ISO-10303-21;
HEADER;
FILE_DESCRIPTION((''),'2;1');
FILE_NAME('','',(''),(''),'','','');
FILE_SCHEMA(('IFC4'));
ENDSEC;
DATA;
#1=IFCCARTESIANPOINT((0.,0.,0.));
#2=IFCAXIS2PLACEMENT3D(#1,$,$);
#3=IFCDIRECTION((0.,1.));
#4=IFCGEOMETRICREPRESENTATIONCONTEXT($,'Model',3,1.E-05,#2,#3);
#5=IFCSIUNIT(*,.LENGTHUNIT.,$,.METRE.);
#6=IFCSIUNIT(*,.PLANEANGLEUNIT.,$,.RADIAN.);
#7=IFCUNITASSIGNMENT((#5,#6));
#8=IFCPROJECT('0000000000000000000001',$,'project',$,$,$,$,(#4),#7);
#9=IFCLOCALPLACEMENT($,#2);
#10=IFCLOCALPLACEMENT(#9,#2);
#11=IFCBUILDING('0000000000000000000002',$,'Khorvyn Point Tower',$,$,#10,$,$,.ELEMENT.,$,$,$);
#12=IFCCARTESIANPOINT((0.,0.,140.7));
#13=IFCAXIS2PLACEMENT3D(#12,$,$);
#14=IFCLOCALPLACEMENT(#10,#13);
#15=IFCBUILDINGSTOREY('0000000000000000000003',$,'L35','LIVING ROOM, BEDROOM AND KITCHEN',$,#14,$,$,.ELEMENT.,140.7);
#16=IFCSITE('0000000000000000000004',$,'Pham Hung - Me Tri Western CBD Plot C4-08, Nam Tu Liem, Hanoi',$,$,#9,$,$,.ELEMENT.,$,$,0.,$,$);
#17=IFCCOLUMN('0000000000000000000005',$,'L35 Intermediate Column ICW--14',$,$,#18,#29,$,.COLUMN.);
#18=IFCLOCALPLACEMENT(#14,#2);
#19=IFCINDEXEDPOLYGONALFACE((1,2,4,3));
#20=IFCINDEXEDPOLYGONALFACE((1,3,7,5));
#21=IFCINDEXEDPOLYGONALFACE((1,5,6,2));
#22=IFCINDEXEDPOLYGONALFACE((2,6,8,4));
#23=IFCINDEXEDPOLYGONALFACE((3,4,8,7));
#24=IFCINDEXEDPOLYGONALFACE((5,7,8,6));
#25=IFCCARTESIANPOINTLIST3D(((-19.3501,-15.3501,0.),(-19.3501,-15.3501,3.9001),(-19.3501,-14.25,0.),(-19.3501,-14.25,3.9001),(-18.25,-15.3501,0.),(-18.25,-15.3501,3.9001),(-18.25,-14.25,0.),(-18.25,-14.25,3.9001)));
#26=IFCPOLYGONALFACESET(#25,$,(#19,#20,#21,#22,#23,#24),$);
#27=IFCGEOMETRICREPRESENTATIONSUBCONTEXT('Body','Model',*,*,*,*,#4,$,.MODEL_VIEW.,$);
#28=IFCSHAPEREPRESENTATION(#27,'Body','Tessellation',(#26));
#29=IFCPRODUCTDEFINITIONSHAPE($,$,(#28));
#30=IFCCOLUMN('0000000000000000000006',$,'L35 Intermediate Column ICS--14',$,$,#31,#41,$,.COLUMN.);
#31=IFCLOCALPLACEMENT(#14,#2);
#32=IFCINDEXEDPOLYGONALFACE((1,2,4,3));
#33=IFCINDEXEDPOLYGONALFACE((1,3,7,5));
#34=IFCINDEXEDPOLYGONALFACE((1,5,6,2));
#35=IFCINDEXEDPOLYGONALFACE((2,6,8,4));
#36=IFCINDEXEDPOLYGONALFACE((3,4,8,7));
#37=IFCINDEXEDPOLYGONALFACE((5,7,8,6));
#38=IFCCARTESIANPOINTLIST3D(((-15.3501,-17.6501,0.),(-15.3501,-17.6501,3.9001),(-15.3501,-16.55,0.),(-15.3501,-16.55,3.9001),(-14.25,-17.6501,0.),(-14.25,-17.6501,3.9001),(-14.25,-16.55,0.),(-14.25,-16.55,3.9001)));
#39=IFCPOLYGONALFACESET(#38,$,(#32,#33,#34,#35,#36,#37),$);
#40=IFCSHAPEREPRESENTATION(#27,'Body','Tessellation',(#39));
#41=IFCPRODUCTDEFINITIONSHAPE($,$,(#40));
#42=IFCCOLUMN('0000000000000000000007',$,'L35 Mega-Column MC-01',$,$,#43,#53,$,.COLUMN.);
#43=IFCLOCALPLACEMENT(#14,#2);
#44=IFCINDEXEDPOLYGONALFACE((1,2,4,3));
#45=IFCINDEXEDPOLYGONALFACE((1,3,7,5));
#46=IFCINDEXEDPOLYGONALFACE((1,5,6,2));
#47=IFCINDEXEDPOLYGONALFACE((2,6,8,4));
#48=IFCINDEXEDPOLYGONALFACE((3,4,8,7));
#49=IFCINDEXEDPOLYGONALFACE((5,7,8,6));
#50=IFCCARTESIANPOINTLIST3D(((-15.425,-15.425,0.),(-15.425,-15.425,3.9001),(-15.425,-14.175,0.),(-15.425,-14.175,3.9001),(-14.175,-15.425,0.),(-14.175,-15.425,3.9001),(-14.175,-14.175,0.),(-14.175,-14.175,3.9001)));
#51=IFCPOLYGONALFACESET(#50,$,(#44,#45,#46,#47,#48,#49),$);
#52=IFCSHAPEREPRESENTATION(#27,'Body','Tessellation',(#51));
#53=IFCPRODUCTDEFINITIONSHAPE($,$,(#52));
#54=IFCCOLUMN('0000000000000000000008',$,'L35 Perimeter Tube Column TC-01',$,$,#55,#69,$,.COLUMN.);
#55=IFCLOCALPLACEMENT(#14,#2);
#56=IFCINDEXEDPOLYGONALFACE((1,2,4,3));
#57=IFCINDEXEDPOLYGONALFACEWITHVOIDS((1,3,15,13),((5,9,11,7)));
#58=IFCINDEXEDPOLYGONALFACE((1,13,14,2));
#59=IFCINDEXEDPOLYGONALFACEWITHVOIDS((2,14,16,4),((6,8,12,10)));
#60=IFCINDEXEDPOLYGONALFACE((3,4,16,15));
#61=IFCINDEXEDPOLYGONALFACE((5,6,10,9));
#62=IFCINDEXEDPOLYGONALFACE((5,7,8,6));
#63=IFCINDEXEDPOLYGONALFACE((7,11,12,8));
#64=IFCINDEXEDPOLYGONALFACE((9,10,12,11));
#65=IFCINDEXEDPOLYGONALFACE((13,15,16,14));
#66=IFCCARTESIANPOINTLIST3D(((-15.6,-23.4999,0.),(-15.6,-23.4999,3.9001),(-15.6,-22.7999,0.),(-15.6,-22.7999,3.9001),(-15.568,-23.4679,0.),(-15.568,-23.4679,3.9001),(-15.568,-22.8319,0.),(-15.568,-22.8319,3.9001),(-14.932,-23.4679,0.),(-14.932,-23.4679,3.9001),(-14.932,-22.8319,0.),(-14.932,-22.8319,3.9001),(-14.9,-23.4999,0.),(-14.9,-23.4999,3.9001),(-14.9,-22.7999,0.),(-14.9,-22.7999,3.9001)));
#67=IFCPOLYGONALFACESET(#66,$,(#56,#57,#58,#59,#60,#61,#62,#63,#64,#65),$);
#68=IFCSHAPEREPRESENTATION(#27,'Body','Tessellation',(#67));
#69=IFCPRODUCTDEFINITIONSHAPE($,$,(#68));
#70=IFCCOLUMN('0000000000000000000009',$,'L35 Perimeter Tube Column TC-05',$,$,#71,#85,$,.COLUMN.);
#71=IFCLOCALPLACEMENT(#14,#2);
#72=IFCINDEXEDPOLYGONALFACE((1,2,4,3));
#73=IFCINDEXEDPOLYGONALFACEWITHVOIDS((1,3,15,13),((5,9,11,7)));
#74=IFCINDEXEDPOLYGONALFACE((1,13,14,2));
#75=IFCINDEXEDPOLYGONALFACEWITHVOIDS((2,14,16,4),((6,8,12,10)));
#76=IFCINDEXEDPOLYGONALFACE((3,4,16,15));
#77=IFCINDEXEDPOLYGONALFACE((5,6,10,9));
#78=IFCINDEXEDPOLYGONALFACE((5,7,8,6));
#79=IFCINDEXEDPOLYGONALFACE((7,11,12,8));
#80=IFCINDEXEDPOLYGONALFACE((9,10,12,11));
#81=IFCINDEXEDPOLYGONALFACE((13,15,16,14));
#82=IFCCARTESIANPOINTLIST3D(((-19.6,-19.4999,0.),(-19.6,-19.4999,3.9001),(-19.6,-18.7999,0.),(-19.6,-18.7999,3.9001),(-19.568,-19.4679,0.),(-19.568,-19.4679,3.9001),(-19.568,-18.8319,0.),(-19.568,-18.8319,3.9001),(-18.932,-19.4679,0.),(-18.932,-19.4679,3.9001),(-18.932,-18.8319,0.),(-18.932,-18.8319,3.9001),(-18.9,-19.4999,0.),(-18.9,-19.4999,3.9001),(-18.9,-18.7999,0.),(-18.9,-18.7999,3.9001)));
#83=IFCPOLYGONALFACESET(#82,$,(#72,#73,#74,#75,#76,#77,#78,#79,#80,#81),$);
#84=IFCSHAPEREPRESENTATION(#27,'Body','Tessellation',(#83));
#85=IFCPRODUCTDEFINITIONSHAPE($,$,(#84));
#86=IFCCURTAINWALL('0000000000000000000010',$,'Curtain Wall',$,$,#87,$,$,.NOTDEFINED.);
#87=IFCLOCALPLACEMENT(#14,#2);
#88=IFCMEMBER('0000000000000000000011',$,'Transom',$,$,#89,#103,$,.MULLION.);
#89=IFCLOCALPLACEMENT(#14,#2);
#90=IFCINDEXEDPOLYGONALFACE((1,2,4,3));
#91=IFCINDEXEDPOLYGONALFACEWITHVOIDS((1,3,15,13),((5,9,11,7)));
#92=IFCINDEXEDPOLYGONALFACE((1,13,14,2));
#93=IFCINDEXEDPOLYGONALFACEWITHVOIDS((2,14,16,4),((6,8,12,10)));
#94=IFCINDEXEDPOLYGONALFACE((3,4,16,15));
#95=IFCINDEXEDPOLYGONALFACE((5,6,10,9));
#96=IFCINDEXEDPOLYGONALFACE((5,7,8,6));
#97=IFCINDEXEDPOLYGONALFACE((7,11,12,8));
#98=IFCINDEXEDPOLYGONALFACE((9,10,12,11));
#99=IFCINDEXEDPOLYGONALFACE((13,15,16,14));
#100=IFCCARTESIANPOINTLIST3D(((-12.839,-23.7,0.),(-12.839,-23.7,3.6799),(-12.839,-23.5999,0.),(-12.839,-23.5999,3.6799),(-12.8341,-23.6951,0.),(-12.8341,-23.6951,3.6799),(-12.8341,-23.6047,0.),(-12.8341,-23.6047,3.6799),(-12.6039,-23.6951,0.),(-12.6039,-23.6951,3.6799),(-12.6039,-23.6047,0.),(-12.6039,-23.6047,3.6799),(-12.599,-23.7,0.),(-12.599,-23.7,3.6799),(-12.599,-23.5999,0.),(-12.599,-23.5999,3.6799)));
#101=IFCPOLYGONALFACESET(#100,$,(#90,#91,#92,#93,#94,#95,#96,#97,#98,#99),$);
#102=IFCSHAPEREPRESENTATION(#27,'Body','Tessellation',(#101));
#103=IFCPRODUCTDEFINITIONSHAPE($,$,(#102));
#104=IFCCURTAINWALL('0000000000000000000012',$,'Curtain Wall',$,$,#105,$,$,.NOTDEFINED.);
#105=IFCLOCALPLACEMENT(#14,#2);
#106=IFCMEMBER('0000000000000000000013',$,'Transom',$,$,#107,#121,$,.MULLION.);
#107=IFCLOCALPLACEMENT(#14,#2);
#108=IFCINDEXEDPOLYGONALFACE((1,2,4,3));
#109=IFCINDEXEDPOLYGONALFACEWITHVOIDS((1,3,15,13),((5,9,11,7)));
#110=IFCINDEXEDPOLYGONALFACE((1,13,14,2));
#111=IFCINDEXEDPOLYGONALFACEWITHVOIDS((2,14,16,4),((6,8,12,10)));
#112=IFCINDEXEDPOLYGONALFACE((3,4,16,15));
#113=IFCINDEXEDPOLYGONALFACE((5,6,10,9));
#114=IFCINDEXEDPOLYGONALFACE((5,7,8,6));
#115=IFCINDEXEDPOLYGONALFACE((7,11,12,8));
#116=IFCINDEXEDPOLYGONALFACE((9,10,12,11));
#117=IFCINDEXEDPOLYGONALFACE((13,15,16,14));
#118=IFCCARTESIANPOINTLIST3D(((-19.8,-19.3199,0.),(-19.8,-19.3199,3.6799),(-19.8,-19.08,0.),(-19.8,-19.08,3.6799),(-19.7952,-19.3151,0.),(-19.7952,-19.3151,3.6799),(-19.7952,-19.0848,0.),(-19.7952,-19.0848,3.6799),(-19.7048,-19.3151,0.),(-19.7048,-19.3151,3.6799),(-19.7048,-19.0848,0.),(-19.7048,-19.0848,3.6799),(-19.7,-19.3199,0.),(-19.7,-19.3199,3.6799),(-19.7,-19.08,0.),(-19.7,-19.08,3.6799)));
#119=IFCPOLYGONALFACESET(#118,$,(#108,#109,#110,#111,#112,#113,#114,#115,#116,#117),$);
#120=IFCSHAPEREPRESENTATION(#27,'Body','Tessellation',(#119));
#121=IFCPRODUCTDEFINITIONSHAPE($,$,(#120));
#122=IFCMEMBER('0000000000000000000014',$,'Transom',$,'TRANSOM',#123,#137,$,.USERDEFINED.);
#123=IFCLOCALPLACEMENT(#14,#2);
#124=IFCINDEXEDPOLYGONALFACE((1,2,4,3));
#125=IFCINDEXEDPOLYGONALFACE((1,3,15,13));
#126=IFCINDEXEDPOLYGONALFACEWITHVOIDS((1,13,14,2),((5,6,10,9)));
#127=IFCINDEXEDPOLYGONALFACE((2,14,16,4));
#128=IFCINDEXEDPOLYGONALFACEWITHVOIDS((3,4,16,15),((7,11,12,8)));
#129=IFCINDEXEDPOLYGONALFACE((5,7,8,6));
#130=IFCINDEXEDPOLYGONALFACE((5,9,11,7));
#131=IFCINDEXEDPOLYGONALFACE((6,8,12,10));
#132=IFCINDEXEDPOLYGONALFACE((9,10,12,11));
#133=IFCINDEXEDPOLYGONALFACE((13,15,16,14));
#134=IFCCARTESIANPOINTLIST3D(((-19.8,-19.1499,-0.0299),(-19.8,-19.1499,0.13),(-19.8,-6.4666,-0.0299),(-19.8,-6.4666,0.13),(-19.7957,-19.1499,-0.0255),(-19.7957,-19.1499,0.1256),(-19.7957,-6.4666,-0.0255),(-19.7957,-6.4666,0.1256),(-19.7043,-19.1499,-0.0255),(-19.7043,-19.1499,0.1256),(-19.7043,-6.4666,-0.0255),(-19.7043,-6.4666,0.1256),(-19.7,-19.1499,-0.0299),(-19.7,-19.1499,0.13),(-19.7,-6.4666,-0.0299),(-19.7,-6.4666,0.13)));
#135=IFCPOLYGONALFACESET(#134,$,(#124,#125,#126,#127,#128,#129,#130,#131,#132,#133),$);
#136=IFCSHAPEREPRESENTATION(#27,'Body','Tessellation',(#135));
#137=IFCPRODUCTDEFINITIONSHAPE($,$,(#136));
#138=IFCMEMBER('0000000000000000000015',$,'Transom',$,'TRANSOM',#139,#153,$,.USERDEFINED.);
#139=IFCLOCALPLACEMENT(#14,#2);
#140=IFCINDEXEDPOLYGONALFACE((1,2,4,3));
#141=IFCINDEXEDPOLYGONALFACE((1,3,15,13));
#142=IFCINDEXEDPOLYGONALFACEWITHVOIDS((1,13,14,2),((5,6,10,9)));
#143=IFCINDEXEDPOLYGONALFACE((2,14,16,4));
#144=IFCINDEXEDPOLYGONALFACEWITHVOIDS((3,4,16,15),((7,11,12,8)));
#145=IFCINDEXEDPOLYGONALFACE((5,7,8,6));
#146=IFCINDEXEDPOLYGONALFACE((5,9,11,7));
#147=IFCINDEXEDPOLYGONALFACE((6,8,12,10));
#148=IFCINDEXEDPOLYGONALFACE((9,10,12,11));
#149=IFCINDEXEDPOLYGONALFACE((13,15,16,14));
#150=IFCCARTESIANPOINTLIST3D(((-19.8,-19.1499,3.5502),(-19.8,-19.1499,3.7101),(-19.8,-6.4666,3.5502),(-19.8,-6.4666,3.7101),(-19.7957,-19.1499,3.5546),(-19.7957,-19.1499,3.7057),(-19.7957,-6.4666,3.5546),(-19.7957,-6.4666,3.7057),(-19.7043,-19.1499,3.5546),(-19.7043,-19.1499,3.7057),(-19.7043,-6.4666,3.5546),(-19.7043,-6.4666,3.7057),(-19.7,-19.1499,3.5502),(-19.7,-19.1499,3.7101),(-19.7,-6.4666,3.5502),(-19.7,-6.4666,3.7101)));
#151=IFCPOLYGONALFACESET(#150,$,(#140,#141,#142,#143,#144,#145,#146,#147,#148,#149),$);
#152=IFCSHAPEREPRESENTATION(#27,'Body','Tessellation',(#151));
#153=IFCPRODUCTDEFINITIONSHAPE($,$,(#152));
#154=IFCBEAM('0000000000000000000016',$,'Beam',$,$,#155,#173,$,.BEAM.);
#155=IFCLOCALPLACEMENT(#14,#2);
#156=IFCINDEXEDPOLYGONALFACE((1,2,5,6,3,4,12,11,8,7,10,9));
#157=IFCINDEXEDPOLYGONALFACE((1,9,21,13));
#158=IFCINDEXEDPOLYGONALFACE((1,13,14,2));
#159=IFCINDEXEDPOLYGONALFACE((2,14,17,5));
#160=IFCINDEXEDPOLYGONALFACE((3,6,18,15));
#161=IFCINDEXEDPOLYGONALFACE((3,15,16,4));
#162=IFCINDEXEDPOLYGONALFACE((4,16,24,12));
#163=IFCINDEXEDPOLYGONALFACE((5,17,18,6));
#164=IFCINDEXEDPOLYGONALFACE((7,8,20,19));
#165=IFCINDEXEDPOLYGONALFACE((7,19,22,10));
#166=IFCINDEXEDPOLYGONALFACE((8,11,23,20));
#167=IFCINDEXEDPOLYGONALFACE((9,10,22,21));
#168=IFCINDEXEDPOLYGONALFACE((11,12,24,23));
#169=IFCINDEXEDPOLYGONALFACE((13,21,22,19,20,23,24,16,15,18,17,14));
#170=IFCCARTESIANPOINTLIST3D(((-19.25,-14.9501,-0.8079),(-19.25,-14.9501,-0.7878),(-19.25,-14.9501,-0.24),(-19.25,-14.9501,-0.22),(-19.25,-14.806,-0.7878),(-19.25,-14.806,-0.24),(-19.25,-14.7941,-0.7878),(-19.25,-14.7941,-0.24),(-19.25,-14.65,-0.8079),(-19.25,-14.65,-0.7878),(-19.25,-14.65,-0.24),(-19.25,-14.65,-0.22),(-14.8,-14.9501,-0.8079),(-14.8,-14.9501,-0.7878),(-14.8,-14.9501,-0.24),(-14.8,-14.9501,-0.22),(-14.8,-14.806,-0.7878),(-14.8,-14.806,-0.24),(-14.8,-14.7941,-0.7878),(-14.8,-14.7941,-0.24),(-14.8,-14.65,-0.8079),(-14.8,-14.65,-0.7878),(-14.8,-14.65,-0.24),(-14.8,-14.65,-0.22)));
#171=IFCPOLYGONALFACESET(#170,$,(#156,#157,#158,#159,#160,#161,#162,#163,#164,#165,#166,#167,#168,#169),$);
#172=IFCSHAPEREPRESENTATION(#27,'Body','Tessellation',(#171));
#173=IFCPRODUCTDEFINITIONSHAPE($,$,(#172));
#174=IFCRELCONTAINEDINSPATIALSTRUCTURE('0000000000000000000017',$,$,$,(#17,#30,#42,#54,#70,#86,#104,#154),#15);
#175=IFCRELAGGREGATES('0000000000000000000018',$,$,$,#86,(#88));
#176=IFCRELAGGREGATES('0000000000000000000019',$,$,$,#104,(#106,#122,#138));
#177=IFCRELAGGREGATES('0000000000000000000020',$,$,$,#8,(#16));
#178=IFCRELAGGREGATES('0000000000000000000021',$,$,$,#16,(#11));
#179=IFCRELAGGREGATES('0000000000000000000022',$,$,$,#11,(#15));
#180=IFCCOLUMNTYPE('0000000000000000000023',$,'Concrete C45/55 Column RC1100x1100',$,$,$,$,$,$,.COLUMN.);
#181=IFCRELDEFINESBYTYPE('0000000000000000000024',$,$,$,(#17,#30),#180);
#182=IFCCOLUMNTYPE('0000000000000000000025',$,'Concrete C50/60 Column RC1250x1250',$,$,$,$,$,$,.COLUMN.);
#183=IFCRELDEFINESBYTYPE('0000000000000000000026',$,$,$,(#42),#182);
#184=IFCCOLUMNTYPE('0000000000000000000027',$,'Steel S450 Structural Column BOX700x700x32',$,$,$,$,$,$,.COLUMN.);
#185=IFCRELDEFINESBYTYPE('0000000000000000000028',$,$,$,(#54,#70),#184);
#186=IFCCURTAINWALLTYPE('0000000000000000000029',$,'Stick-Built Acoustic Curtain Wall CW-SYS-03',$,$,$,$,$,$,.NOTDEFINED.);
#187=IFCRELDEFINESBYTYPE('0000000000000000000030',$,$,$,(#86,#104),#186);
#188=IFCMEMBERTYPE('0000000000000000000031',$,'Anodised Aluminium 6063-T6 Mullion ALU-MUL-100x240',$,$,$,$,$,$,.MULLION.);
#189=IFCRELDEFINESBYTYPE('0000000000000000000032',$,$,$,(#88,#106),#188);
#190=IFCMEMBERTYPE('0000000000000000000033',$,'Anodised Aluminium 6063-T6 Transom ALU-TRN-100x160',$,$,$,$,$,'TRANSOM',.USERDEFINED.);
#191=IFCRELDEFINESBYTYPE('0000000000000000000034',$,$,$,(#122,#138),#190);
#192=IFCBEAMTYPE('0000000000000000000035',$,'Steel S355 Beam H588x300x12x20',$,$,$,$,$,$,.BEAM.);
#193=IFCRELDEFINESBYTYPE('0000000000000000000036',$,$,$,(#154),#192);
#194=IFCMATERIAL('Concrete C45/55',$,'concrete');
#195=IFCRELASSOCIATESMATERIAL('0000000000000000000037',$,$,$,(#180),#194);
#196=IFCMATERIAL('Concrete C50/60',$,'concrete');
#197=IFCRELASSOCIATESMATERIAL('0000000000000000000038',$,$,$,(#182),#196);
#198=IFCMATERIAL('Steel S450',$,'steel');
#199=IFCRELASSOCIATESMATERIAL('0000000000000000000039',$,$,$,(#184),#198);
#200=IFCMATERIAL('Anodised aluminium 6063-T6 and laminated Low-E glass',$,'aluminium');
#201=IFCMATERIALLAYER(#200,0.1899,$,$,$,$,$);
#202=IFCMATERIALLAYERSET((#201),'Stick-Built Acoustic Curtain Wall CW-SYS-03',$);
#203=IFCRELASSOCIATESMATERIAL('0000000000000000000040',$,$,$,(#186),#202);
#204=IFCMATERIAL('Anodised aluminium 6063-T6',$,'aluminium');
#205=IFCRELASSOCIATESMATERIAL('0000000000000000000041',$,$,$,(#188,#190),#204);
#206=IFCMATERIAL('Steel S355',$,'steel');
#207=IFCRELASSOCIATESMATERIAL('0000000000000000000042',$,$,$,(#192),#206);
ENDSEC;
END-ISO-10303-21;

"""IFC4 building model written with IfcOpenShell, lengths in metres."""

from ifc_helpers import new_model, si_unit, direction, frame, origin, origin_2d, place, context, subcontext, project, spatial, rectangle, hollow_rectangle, i_section, extrude, material, layer, layer_set, material_profile, profile_set, type_object, element, aggregate, save


model = new_model("IFC4")

# Units and contexts
model_context = context("Model", 3, precision=1e-05, world=origin(), true_north=direction((0.0, 1.0)))
body_context = subcontext(model_context, "Body", "Model", "MODEL_VIEW")
ifc_project = project(units=[si_unit("LENGTHUNIT", "METRE"), si_unit("PLANEANGLEUNIT", "RADIAN")], contexts=[model_context])

# Site, building, storey
site_placement = place(None, origin())
site = spatial("IfcSite", under=ifc_project, at=site_placement, Name="Pham Hung - Me Tri Western CBD Plot C4-08, Nam Tu Liem, Hanoi", CompositionType="ELEMENT", RefElevation=0.0)
building_placement = place(site_placement, origin())
building = spatial("IfcBuilding", under=site, at=building_placement, Name="Khorvyn Point Tower", CompositionType="ELEMENT")
storey_placement = place(building_placement, frame((0.0, 0.0, 140.7)))
storey = spatial("IfcBuildingStorey", under=building, at=storey_placement, Name="L35", Description="LIVING ROOM, BEDROOM AND KITCHEN", CompositionType="ELEMENT", Elevation=140.7)

# Columns
ifc_material_1 = material(Name="Concrete C45/55", Category="concrete")
ifc_material_profile_1 = material_profile(ifc_material_1, rectangle(XDim=1.1001, YDim=1.1001, at=origin_2d()))
ifc_profile_set_1 = profile_set([ifc_material_profile_1], Name="Concrete C45/55 RC1100x1100")
column_type_1 = type_object("IfcColumnType", Name="Concrete C45/55 Column RC1100x1100", PredefinedType="COLUMN", material=ifc_profile_set_1)
for number, where, z_axis, x_axis, name in (
    (1, (-18.8, -14.8, 0.0), (0.0, 0.0, 1.0), (1.0, 0.0, 0.0), "L35 Intermediate Column ICW--14"),
    (2, (-14.8, -17.1001, 0.0), (0.0, 0.0, 1.0), (1.0, 0.0, 0.0), "L35 Intermediate Column ICS--14"),
):
    element("IfcColumn", number, at=place(storey_placement, frame(where, z_axis=z_axis, x_axis=x_axis)), inside=storey, type_object=column_type_1, Name=name, PredefinedType="COLUMN", context=body_context, shape_type="SweptSolid", body=[
        extrude(rectangle(XDim=1.1001, YDim=1.1001, at=origin_2d()), origin(), (0.0, 0.0, 1.0), 3.9001),
    ])
ifc_material_2 = material(Name="Concrete C50/60", Category="concrete")
ifc_material_profile_2 = material_profile(ifc_material_2, rectangle(XDim=1.25, YDim=1.25, at=origin_2d()))
ifc_profile_set_2 = profile_set([ifc_material_profile_2], Name="Concrete C50/60 RC1250x1250")
column_type_2 = type_object("IfcColumnType", Name="Concrete C50/60 Column RC1250x1250", PredefinedType="COLUMN", material=ifc_profile_set_2)
column_placement = place(storey_placement, frame((-14.8, -14.8, 0.0), z_axis=(0.0, 0.0, 1.0), x_axis=(1.0, 0.0, 0.0)))
element("IfcColumn", 3, at=column_placement, inside=storey, type_object=column_type_2, Name="L35 Mega-Column MC-01", PredefinedType="COLUMN", context=body_context, shape_type="SweptSolid", body=[
    extrude(rectangle(XDim=1.25, YDim=1.25, at=origin_2d()), origin(), (0.0, 0.0, 1.0), 3.9001),
])
ifc_material_3 = material(Name="Steel S450", Category="steel")
ifc_material_profile_3 = material_profile(ifc_material_3, hollow_rectangle(XDim=0.7, YDim=0.7, WallThickness=0.032, at=origin_2d()))
ifc_profile_set_3 = profile_set([ifc_material_profile_3], Name="Steel S450 BOX700x700x32")
column_type_3 = type_object("IfcColumnType", Name="Steel S450 Structural Column BOX700x700x32", PredefinedType="COLUMN", material=ifc_profile_set_3)
for number, where, z_axis, x_axis, name in (
    (4, (-15.25, -23.1499, 0.0), (0.0, 0.0, 1.0), (1.0, 0.0, 0.0), "L35 Perimeter Tube Column TC-01"),
    (5, (-19.25, -19.1499, 0.0), (0.0, 0.0, 1.0), (1.0, 0.0, 0.0), "L35 Perimeter Tube Column TC-05"),
):
    element("IfcColumn", number, at=place(storey_placement, frame(where, z_axis=z_axis, x_axis=x_axis)), inside=storey, type_object=column_type_3, Name=name, PredefinedType="COLUMN", context=body_context, shape_type="SweptSolid", body=[
        extrude(hollow_rectangle(XDim=0.7, YDim=0.7, WallThickness=0.032, at=origin_2d()), origin(), (0.0, 0.0, 1.0), 3.9001),
    ])

# Curtain wall, member
ifc_material_4 = material(Name="Anodised aluminium 6063-T6 and laminated Low-E glass", Category="aluminium")
ifc_layer_1 = layer(ifc_material_4, 0.1899)
ifc_layer_set_1 = layer_set([ifc_layer_1], Name="Stick-Built Acoustic Curtain Wall CW-SYS-03")
curtain_wall_type = type_object("IfcCurtainWallType", Name="Stick-Built Acoustic Curtain Wall CW-SYS-03", PredefinedType="NOTDEFINED", material=ifc_layer_set_1)
curtain_wall_1_placement = place(storey_placement, origin())
curtain_wall_1 = element("IfcCurtainWall", 6, at=curtain_wall_1_placement, inside=storey, type_object=curtain_wall_type, Name="Curtain Wall", PredefinedType="NOTDEFINED")
ifc_material_5 = material(Name="Anodised aluminium 6063-T6", Category="aluminium")
ifc_material_profile_4 = material_profile(ifc_material_5, hollow_rectangle(XDim=0.1001, YDim=0.24, WallThickness=0.0049, at=origin_2d()))
ifc_profile_set_4 = profile_set([ifc_material_profile_4], Name="Anodised aluminium 6063-T6 ALU-MUL-100x240")
member_type_1 = type_object("IfcMemberType", Name="Anodised Aluminium 6063-T6 Mullion ALU-MUL-100x240", PredefinedType="MULLION", material=ifc_profile_set_4)
member_1_placement = place(storey_placement, frame((-12.719, -23.6499, 0.0), z_axis=(0.0, 0.0, 1.0), x_axis=(0.0, -1.0, 0.0)))
member_1 = element("IfcMember", 7, at=member_1_placement, type_object=member_type_1, Name="Transom", PredefinedType="MULLION", context=body_context, shape_type="SweptSolid", body=[
    extrude(hollow_rectangle(XDim=0.1001, YDim=0.24, WallThickness=0.0049, at=origin_2d()), origin(), (0.0, 0.0, 1.0), 3.6799),
])
aggregate(curtain_wall_1, [member_1])

# Curtain wall, members
curtain_wall_2_placement = place(storey_placement, origin())
curtain_wall_2 = element("IfcCurtainWall", 8, at=curtain_wall_2_placement, inside=storey, type_object=curtain_wall_type, Name="Curtain Wall", PredefinedType="NOTDEFINED")
member_2_placement = place(storey_placement, frame((-19.75, -19.2, 0.0), z_axis=(0.0, 0.0, 1.0), x_axis=(-1.0, 0.0, 0.0)))
member_2 = element("IfcMember", 9, at=member_2_placement, type_object=member_type_1, Name="Transom", PredefinedType="MULLION", context=body_context, shape_type="SweptSolid", body=[
    extrude(hollow_rectangle(XDim=0.1001, YDim=0.24, WallThickness=0.0049, at=origin_2d()), origin(), (0.0, 0.0, 1.0), 3.6799),
])
ifc_material_profile_5 = material_profile(ifc_material_5, hollow_rectangle(XDim=0.1001, YDim=0.1599, WallThickness=0.0044, at=origin_2d()))
ifc_profile_set_5 = profile_set([ifc_material_profile_5], Name="Anodised aluminium 6063-T6 ALU-TRN-100x160")
member_type_2 = type_object("IfcMemberType", Name="Anodised Aluminium 6063-T6 Transom ALU-TRN-100x160", ElementType="TRANSOM", PredefinedType="USERDEFINED", material=ifc_profile_set_5)
member_3_placement = place(storey_placement, frame((-19.75, -19.1499, 0.05), z_axis=(0.0, 1.0, 0.0), x_axis=(-1.0, 0.0, 0.0)))
member_3 = element("IfcMember", 10, at=member_3_placement, type_object=member_type_2, Name="Transom", ObjectType="TRANSOM", PredefinedType="USERDEFINED", context=body_context, shape_type="SweptSolid", body=[
    extrude(hollow_rectangle(XDim=0.1001, YDim=0.1599, WallThickness=0.0044, at=origin_2d()), origin(), (0.0, 0.0, 1.0), 12.6833),
])
member_4_placement = place(storey_placement, frame((-19.75, -19.1499, 3.6301), z_axis=(0.0, 1.0, 0.0), x_axis=(-1.0, 0.0, 0.0)))
member_4 = element("IfcMember", 11, at=member_4_placement, type_object=member_type_2, Name="Transom", ObjectType="TRANSOM", PredefinedType="USERDEFINED", context=body_context, shape_type="SweptSolid", body=[
    extrude(hollow_rectangle(XDim=0.1001, YDim=0.1599, WallThickness=0.0044, at=origin_2d()), origin(), (0.0, 0.0, 1.0), 12.6833),
])

# Beam
ifc_material_6 = material(Name="Steel S355", Category="steel")
ifc_material_profile_6 = material_profile(ifc_material_6, i_section(OverallWidth=0.3, OverallDepth=0.5879, WebThickness=0.012, FlangeThickness=0.02, at=origin_2d()))
ifc_profile_set_6 = profile_set([ifc_material_profile_6], Name="Steel S355 H588x300x12x20")
beam_type_1 = type_object("IfcBeamType", Name="Steel S355 Beam H588x300x12x20", PredefinedType="BEAM", material=ifc_profile_set_6)
beam_1_placement = place(storey_placement, frame((-19.25, -14.8, -0.5139), z_axis=(1.0, 0.0, 0.0), x_axis=(0.0, 1.0, 0.0)))
element("IfcBeam", 12, at=beam_1_placement, inside=storey, type_object=beam_type_1, Name="Beam", PredefinedType="BEAM", context=body_context, shape_type="SweptSolid", body=[
    extrude(i_section(OverallWidth=0.3, OverallDepth=0.5879, WebThickness=0.012, FlangeThickness=0.02, at=origin_2d()), origin(), (0.0, 0.0, 1.0), 4.45),
])

aggregate(curtain_wall_2, [member_2, member_3, member_4])

save(model, "model.ifc")
